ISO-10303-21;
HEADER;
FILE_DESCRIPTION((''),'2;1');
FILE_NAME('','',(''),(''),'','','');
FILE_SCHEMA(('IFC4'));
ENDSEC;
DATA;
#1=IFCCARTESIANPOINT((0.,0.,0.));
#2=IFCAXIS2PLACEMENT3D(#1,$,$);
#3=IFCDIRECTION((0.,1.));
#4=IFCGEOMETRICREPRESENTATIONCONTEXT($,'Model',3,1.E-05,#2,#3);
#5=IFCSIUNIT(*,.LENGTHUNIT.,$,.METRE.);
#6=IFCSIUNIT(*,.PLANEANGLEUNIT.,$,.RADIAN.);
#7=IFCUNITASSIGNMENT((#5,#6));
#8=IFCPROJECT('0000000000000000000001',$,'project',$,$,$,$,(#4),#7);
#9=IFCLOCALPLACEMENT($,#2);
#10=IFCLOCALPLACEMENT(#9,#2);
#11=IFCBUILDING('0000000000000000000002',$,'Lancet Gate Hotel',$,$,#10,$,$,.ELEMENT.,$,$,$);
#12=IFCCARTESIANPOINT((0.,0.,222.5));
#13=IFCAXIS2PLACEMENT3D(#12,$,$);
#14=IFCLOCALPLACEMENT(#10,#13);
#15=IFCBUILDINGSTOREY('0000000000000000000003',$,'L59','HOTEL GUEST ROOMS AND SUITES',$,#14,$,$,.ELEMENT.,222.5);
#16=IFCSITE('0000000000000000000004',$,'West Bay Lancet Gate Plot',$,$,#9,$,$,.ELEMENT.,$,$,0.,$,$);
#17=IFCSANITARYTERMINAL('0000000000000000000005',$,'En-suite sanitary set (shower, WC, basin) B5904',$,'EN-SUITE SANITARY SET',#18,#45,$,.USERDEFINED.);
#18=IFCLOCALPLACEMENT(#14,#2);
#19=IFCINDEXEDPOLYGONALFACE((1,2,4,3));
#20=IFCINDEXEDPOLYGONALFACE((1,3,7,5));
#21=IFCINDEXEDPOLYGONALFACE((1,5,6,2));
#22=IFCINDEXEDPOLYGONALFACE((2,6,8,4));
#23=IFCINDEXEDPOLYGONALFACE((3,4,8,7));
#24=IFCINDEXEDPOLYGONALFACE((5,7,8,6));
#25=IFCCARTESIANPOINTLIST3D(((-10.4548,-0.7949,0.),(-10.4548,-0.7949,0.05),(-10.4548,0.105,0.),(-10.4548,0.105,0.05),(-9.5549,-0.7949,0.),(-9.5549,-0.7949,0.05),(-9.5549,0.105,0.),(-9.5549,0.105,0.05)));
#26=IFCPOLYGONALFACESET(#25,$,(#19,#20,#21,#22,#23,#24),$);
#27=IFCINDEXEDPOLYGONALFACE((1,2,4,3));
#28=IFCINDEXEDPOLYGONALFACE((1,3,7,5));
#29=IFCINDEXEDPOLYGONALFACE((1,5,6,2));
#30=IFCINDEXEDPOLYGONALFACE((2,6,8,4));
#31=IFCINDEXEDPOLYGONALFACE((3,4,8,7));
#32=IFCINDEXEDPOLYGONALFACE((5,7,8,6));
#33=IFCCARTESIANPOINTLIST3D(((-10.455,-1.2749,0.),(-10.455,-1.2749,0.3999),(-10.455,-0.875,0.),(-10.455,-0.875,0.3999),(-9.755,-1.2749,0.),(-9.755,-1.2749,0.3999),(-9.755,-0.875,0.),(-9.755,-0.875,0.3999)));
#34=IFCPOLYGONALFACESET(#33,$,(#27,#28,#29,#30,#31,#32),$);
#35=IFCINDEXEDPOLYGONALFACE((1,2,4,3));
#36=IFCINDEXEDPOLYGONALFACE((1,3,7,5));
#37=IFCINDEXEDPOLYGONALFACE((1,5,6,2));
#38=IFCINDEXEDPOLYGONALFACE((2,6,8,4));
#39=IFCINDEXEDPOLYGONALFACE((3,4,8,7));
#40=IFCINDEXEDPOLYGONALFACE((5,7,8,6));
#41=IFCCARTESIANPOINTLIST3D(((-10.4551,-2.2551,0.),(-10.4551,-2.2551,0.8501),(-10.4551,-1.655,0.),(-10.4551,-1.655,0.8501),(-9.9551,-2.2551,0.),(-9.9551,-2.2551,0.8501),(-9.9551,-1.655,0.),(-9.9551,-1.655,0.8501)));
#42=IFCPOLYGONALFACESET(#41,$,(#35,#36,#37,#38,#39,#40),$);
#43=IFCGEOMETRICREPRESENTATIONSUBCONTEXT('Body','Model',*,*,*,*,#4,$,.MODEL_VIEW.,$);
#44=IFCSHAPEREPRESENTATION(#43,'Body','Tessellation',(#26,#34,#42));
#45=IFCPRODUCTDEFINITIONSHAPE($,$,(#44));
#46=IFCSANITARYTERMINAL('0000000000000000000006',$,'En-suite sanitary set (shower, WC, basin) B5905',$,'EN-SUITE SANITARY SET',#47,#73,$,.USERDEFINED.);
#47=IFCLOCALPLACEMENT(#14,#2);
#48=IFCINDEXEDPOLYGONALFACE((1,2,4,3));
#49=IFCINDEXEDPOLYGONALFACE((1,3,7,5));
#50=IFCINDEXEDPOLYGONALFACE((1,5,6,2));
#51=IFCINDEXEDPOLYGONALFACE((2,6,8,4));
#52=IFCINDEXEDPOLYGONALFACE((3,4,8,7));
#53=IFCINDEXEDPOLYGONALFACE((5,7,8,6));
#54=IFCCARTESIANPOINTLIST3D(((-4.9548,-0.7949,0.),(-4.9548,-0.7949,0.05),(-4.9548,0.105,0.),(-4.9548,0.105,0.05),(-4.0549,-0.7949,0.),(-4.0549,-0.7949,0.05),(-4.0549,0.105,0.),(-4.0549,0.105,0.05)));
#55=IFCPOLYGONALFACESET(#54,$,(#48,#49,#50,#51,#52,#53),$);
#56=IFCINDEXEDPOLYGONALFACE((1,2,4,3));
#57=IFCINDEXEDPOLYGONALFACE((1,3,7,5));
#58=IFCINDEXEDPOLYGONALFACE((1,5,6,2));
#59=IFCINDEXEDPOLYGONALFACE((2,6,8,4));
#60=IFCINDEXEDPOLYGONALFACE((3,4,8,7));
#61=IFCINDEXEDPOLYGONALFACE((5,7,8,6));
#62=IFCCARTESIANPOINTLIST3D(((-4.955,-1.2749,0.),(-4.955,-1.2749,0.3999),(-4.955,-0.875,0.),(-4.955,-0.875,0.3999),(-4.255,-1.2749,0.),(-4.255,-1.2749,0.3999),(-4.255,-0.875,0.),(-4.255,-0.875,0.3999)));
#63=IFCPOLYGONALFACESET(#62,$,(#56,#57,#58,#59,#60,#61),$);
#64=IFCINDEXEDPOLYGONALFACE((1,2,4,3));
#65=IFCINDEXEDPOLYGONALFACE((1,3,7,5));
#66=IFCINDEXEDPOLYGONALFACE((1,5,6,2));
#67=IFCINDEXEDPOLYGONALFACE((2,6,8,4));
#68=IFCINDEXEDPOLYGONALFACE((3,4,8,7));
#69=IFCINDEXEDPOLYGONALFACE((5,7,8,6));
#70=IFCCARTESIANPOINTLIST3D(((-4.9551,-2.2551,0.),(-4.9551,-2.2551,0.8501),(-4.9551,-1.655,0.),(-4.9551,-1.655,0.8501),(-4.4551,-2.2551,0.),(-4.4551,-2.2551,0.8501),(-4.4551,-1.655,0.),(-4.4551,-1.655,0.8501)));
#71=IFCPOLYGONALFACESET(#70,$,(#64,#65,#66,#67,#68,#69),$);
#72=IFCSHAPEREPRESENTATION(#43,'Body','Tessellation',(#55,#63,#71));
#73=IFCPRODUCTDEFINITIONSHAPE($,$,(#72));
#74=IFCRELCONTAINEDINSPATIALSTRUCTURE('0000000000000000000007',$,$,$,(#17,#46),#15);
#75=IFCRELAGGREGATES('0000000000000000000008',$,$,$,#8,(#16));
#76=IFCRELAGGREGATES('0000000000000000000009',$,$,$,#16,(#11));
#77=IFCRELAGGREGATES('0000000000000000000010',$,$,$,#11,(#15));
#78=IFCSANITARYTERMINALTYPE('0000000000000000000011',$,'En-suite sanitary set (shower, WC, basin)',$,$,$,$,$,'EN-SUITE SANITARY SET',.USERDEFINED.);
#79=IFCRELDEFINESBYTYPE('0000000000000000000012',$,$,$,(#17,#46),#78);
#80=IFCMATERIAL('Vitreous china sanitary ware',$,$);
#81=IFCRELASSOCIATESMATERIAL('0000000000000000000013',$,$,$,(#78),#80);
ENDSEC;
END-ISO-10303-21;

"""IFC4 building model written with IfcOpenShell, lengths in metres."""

from ifc_helpers import new_model, si_unit, direction, frame, origin, origin_2d, place, context, subcontext, project, spatial, rectangle, extrude, material, type_object, element, save


model = new_model("IFC4")

# Units and contexts
model_context = context("Model", 3, precision=1e-05, world=origin(), true_north=direction((0.0, 1.0)))
body_context = subcontext(model_context, "Body", "Model", "MODEL_VIEW")
ifc_project = project(units=[si_unit("LENGTHUNIT", "METRE"), si_unit("PLANEANGLEUNIT", "RADIAN")], contexts=[model_context])

# Site, building, storey
site_placement = place(None, origin())
site = spatial("IfcSite", under=ifc_project, at=site_placement, Name="West Bay Lancet Gate Plot", CompositionType="ELEMENT", RefElevation=0.0)
building_placement = place(site_placement, origin())
building = spatial("IfcBuilding", under=site, at=building_placement, Name="Lancet Gate Hotel", CompositionType="ELEMENT")
storey_placement = place(building_placement, frame((0.0, 0.0, 222.5)))
storey = spatial("IfcBuildingStorey", under=building, at=storey_placement, Name="L59", Description="HOTEL GUEST ROOMS AND SUITES", CompositionType="ELEMENT", Elevation=222.5)

# Sanitary terminals
ifc_material_1 = material(Name="Vitreous china sanitary ware")
sanitary_terminal_type = type_object("IfcSanitaryTerminalType", Name="En-suite sanitary set (shower, WC, basin)", ElementType="EN-SUITE SANITARY SET", PredefinedType="USERDEFINED", material=ifc_material_1)
for number, where, z_axis, x_axis, name in (
    (1, (-10.0049, -0.345, 0.0), (0.0, 0.0, 1.0), (1.0, 0.0, 0.0), "En-suite sanitary set (shower, WC, basin) B5904"),
    (2, (-4.5049, -0.345, 0.0), (0.0, 0.0, 1.0), (1.0, 0.0, 0.0), "En-suite sanitary set (shower, WC, basin) B5905"),
):
    element("IfcSanitaryTerminal", number, at=place(storey_placement, frame(where, z_axis=z_axis, x_axis=x_axis)), inside=storey, type_object=sanitary_terminal_type, Name=name, ObjectType="EN-SUITE SANITARY SET", PredefinedType="USERDEFINED", context=body_context, shape_type="SweptSolid", body=[
        extrude(rectangle(XDim=0.8999, YDim=0.8999, at=origin_2d()), frame((0.0, 0.0, 0.0), z_axis=(0.0, 0.0, 1.0), x_axis=(0.0, 1.0, 0.0)), (0.0, 0.0, 1.0), 0.05),
        extrude(rectangle(XDim=0.3999, YDim=0.7, at=origin_2d()), frame((-0.1001, -0.73, 0.0), z_axis=(0.0, 0.0, 1.0), x_axis=(0.0, 1.0, 0.0)), (0.0, 0.0, 1.0), 0.3999),
        extrude(rectangle(XDim=0.6001, YDim=0.5, at=origin_2d()), frame((-0.2002, -1.6101, 0.0), z_axis=(0.0, 0.0, 1.0), x_axis=(0.0, 1.0, 0.0)), (0.0, 0.0, 1.0), 0.8501),
    ])

save(model, "model.ifc")
